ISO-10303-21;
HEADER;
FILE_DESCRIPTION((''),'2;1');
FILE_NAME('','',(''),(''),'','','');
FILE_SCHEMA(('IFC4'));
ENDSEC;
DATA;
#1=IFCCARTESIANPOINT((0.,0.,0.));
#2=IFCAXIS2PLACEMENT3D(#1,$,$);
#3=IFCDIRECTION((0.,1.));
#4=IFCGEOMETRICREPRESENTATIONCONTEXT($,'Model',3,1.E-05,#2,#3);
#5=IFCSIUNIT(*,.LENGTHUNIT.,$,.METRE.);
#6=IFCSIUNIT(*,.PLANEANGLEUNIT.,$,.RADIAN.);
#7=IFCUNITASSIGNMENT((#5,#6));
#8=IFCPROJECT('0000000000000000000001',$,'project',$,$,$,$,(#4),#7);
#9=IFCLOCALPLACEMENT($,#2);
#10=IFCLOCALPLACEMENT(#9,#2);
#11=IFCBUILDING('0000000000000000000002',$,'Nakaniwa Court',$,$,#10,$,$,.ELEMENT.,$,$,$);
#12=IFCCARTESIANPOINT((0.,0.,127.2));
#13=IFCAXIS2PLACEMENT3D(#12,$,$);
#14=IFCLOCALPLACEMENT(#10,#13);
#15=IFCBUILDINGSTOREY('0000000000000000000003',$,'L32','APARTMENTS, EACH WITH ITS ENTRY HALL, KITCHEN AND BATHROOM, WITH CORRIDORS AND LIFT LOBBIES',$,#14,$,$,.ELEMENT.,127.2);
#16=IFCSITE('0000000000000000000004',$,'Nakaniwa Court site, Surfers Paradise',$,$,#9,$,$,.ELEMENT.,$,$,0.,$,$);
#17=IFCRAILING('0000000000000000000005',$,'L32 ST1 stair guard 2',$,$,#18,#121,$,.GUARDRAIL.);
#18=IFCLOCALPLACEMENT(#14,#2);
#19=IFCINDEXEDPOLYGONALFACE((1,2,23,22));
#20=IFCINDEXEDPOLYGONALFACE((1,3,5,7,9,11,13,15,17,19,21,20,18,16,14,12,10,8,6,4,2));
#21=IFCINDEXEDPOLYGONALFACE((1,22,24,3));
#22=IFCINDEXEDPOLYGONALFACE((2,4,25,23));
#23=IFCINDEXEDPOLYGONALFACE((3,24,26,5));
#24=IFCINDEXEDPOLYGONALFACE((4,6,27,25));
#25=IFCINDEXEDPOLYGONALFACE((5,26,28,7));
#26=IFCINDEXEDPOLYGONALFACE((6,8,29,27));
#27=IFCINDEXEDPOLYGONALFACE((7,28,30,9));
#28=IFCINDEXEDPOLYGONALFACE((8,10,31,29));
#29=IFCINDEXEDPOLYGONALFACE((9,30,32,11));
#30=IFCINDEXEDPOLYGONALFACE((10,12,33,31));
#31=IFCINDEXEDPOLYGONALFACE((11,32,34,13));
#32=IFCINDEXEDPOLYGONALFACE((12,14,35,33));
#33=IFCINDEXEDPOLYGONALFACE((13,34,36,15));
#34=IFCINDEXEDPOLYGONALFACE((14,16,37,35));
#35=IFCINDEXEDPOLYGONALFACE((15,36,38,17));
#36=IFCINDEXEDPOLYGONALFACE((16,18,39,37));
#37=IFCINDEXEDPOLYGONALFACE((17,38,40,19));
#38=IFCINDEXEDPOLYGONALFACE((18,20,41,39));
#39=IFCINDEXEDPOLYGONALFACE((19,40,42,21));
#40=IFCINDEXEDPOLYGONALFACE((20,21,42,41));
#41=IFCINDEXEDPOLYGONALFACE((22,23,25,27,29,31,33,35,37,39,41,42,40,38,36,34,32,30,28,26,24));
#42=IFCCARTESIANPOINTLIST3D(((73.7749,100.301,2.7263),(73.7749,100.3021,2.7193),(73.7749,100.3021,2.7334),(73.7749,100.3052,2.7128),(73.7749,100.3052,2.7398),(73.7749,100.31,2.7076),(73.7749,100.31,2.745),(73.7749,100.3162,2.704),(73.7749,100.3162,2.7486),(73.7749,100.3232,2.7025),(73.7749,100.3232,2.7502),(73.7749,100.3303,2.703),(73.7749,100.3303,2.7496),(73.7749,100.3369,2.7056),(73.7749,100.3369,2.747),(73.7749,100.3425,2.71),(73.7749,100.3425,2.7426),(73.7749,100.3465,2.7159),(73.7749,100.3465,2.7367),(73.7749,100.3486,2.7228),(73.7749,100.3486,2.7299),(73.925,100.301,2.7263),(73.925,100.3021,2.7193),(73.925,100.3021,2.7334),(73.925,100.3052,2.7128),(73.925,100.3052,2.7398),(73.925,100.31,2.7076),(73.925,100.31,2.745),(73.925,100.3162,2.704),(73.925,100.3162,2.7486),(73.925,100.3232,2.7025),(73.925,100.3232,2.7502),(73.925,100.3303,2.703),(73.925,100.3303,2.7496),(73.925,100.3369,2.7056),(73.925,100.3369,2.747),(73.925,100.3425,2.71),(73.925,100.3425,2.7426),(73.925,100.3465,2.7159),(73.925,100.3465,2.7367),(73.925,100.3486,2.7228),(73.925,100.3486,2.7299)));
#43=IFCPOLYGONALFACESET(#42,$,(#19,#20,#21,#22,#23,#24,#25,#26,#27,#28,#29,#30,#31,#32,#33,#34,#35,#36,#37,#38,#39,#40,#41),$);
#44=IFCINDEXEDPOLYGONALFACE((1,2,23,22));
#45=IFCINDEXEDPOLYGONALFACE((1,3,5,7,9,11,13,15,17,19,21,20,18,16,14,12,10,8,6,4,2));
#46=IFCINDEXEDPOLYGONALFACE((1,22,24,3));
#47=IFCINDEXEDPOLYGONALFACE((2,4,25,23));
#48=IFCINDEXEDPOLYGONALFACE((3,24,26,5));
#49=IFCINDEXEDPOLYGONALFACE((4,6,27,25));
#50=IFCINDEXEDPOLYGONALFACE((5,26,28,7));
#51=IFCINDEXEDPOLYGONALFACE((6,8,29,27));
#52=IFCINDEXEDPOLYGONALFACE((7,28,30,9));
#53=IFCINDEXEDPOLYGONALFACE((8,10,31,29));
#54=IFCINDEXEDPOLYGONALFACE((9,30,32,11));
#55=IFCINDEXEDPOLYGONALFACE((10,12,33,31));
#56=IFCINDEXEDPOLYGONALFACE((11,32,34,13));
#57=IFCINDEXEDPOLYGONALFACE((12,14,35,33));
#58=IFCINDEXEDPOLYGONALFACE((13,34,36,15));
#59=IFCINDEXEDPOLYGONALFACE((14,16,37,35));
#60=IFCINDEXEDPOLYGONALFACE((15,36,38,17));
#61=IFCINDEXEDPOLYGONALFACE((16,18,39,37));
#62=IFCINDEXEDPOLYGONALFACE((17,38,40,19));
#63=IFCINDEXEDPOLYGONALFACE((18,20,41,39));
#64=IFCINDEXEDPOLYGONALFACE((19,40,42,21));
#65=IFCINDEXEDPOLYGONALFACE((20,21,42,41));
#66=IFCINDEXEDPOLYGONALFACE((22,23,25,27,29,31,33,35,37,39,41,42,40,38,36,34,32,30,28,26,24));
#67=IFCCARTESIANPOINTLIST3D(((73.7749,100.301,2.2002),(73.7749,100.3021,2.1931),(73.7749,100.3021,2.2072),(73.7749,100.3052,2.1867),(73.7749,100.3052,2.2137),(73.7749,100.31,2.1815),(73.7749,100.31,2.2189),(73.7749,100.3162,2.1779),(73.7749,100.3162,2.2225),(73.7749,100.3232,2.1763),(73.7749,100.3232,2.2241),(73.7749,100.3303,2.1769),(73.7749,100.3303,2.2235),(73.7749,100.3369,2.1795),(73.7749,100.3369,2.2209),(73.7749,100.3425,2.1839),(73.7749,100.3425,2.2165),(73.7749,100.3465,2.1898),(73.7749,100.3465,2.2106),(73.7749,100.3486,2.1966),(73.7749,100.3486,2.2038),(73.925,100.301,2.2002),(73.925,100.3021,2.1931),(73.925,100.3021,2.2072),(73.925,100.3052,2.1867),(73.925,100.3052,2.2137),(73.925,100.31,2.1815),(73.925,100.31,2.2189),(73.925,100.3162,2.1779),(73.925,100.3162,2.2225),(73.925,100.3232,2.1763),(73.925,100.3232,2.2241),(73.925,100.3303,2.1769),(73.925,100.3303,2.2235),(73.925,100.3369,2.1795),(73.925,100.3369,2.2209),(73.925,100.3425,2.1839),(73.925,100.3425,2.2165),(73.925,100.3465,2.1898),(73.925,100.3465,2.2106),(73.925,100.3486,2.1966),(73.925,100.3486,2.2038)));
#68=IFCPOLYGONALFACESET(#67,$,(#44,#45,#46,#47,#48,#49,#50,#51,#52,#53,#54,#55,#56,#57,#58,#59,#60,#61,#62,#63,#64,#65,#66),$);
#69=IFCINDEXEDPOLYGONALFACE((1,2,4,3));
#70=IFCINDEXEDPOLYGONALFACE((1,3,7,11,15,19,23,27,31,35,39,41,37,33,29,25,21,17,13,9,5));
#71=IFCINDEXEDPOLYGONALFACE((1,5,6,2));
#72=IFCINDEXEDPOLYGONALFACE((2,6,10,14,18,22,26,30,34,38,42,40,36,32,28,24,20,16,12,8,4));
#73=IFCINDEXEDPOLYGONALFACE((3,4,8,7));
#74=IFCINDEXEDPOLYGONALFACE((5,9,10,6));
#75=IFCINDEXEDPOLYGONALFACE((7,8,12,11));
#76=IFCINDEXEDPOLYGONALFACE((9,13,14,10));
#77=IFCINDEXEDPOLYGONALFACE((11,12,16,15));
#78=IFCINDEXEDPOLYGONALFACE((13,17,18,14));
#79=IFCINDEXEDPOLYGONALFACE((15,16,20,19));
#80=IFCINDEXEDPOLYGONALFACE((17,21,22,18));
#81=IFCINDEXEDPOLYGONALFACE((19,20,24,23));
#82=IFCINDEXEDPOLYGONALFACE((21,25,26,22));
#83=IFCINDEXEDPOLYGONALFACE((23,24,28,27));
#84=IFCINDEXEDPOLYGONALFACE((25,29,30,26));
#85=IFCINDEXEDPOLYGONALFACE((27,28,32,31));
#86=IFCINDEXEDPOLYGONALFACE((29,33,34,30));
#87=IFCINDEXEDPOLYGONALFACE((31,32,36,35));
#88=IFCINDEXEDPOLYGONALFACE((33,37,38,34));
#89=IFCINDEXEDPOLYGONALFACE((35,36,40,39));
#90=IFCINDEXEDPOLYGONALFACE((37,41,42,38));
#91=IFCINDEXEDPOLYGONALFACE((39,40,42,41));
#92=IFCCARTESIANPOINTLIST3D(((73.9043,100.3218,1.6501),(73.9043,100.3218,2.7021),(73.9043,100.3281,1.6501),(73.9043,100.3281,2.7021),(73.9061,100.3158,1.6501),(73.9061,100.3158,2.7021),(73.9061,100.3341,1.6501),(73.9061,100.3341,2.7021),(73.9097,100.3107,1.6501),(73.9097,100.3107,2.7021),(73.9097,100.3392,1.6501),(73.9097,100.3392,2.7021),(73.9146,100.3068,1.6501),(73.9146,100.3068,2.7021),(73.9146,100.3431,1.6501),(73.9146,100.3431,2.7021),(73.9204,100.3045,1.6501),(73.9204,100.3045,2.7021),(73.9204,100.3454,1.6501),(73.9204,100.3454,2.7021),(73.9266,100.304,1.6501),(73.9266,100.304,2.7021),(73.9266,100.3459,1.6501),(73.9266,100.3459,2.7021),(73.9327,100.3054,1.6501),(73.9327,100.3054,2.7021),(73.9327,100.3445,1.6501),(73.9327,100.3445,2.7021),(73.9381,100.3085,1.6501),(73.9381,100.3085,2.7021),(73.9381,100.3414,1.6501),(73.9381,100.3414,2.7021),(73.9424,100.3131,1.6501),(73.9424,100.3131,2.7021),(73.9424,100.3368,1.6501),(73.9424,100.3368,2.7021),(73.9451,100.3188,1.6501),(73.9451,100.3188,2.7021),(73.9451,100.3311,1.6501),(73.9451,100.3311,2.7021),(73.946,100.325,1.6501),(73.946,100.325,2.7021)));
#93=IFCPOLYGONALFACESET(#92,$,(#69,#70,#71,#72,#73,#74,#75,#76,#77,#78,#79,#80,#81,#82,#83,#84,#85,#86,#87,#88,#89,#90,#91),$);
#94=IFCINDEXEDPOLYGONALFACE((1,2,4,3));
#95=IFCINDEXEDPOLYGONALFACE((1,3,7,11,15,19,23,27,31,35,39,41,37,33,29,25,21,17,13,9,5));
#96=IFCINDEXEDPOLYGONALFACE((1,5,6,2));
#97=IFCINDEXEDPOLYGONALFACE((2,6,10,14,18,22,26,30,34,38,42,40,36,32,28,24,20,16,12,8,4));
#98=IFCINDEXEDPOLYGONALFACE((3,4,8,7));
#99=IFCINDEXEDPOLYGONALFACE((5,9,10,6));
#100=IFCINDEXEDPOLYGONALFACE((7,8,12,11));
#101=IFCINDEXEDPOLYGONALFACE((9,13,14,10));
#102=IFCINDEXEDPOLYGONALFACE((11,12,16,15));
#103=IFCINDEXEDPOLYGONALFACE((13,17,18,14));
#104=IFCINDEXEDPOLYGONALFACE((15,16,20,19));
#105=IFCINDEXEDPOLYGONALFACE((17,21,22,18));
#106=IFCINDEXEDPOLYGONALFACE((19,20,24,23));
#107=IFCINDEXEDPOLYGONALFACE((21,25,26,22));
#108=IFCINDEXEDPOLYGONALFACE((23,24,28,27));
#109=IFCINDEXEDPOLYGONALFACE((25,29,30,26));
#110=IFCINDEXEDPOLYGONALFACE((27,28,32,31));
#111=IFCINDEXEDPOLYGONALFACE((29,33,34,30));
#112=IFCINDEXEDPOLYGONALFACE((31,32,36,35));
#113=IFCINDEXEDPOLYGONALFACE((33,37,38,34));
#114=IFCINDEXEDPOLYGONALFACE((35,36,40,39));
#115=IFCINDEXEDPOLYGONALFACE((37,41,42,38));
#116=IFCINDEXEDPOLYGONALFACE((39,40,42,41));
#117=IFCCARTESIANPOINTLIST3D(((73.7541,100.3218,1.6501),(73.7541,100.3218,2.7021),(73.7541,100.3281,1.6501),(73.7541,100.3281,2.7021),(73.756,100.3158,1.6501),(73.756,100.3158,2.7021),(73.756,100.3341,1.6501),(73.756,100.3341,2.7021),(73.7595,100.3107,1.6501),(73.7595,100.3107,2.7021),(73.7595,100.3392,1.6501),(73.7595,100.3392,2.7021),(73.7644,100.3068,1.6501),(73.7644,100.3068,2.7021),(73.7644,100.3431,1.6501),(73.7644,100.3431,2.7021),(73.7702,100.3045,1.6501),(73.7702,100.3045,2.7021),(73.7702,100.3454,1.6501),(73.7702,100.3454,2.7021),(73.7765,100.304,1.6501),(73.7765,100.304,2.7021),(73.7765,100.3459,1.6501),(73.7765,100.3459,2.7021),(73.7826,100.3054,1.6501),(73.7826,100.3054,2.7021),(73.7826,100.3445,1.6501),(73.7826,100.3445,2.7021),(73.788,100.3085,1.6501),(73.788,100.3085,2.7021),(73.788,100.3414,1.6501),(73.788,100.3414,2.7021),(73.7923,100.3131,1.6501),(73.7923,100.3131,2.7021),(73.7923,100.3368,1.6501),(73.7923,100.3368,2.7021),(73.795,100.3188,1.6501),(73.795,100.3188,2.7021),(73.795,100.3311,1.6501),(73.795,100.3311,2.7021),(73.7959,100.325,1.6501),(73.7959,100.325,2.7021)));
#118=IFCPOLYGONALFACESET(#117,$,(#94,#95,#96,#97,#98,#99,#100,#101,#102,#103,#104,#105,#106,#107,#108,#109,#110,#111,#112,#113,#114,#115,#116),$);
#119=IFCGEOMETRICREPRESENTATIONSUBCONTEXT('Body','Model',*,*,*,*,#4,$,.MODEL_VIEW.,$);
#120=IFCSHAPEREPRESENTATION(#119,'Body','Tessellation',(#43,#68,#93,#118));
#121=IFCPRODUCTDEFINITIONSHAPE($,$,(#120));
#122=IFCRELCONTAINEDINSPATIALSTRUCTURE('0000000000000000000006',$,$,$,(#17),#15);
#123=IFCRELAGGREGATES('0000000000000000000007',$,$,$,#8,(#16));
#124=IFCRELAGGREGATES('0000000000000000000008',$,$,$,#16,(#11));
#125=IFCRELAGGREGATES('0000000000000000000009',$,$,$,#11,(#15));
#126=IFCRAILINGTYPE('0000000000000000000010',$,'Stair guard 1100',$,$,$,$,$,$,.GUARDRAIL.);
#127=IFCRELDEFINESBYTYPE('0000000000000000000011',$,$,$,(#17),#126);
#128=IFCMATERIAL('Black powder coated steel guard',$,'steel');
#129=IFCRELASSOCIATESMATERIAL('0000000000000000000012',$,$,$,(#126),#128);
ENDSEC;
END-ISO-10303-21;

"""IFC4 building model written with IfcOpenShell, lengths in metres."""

from ifc_helpers import new_model, si_unit, direction, frame, origin, origin_2d, place, context, subcontext, project, spatial, circle, extrude, material, type_object, element, save


model = new_model("IFC4")

# Units and contexts
model_context = context("Model", 3, precision=1e-05, world=origin(), true_north=direction((0.0, 1.0)))
body_context = subcontext(model_context, "Body", "Model", "MODEL_VIEW")
ifc_project = project(units=[si_unit("LENGTHUNIT", "METRE"), si_unit("PLANEANGLEUNIT", "RADIAN")], contexts=[model_context])

# Site, building, storey
site_placement = place(None, origin())
site = spatial("IfcSite", under=ifc_project, at=site_placement, Name="Nakaniwa Court site, Surfers Paradise", CompositionType="ELEMENT", RefElevation=0.0)
building_placement = place(site_placement, origin())
building = spatial("IfcBuilding", under=site, at=building_placement, Name="Nakaniwa Court", CompositionType="ELEMENT")
storey_placement = place(building_placement, frame((0.0, 0.0, 127.2)))
storey = spatial("IfcBuildingStorey", under=building, at=storey_placement, Name="L32", Description="APARTMENTS, EACH WITH ITS ENTRY HALL, KITCHEN AND BATHROOM, WITH CORRIDORS AND LIFT LOBBIES", CompositionType="ELEMENT", Elevation=127.2)

# Railing
ifc_material_1 = material(Name="Black powder coated steel guard", Category="steel")
railing_type_1 = type_object("IfcRailingType", Name="Stair guard 1100", PredefinedType="GUARDRAIL", material=ifc_material_1)
railing_1_placement = place(storey_placement, frame((73.925, 100.325, 1.6501)))
element("IfcRailing", 1, at=railing_1_placement, inside=storey, type_object=railing_type_1, Name="L32 ST1 stair guard 2", PredefinedType="GUARDRAIL", context=body_context, shape_type="SweptSolid", body=[
    extrude(circle(Radius=0.0239, at=origin_2d()), frame((0.0, 0.0, 1.0762), z_axis=(-1.0, 0.0, 0.0), x_axis=(0.0, -1.0, 0.0)), (0.0, 0.0, 1.0), 0.1501),
    extrude(circle(Radius=0.0239, at=origin_2d()), frame((0.0, 0.0, 0.55), z_axis=(-1.0, 0.0, 0.0), x_axis=(0.0, -1.0, 0.0)), (0.0, 0.0, 1.0), 0.1501),
    extrude(circle(Radius=0.021, at=origin_2d()), origin(), (0.0, 0.0, 1.0), 1.052),
    extrude(circle(Radius=0.021, at=origin_2d()), frame((-0.1501, 0.0, 0.0)), (0.0, 0.0, 1.0), 1.052),
])

save(model, "model.ifc")
